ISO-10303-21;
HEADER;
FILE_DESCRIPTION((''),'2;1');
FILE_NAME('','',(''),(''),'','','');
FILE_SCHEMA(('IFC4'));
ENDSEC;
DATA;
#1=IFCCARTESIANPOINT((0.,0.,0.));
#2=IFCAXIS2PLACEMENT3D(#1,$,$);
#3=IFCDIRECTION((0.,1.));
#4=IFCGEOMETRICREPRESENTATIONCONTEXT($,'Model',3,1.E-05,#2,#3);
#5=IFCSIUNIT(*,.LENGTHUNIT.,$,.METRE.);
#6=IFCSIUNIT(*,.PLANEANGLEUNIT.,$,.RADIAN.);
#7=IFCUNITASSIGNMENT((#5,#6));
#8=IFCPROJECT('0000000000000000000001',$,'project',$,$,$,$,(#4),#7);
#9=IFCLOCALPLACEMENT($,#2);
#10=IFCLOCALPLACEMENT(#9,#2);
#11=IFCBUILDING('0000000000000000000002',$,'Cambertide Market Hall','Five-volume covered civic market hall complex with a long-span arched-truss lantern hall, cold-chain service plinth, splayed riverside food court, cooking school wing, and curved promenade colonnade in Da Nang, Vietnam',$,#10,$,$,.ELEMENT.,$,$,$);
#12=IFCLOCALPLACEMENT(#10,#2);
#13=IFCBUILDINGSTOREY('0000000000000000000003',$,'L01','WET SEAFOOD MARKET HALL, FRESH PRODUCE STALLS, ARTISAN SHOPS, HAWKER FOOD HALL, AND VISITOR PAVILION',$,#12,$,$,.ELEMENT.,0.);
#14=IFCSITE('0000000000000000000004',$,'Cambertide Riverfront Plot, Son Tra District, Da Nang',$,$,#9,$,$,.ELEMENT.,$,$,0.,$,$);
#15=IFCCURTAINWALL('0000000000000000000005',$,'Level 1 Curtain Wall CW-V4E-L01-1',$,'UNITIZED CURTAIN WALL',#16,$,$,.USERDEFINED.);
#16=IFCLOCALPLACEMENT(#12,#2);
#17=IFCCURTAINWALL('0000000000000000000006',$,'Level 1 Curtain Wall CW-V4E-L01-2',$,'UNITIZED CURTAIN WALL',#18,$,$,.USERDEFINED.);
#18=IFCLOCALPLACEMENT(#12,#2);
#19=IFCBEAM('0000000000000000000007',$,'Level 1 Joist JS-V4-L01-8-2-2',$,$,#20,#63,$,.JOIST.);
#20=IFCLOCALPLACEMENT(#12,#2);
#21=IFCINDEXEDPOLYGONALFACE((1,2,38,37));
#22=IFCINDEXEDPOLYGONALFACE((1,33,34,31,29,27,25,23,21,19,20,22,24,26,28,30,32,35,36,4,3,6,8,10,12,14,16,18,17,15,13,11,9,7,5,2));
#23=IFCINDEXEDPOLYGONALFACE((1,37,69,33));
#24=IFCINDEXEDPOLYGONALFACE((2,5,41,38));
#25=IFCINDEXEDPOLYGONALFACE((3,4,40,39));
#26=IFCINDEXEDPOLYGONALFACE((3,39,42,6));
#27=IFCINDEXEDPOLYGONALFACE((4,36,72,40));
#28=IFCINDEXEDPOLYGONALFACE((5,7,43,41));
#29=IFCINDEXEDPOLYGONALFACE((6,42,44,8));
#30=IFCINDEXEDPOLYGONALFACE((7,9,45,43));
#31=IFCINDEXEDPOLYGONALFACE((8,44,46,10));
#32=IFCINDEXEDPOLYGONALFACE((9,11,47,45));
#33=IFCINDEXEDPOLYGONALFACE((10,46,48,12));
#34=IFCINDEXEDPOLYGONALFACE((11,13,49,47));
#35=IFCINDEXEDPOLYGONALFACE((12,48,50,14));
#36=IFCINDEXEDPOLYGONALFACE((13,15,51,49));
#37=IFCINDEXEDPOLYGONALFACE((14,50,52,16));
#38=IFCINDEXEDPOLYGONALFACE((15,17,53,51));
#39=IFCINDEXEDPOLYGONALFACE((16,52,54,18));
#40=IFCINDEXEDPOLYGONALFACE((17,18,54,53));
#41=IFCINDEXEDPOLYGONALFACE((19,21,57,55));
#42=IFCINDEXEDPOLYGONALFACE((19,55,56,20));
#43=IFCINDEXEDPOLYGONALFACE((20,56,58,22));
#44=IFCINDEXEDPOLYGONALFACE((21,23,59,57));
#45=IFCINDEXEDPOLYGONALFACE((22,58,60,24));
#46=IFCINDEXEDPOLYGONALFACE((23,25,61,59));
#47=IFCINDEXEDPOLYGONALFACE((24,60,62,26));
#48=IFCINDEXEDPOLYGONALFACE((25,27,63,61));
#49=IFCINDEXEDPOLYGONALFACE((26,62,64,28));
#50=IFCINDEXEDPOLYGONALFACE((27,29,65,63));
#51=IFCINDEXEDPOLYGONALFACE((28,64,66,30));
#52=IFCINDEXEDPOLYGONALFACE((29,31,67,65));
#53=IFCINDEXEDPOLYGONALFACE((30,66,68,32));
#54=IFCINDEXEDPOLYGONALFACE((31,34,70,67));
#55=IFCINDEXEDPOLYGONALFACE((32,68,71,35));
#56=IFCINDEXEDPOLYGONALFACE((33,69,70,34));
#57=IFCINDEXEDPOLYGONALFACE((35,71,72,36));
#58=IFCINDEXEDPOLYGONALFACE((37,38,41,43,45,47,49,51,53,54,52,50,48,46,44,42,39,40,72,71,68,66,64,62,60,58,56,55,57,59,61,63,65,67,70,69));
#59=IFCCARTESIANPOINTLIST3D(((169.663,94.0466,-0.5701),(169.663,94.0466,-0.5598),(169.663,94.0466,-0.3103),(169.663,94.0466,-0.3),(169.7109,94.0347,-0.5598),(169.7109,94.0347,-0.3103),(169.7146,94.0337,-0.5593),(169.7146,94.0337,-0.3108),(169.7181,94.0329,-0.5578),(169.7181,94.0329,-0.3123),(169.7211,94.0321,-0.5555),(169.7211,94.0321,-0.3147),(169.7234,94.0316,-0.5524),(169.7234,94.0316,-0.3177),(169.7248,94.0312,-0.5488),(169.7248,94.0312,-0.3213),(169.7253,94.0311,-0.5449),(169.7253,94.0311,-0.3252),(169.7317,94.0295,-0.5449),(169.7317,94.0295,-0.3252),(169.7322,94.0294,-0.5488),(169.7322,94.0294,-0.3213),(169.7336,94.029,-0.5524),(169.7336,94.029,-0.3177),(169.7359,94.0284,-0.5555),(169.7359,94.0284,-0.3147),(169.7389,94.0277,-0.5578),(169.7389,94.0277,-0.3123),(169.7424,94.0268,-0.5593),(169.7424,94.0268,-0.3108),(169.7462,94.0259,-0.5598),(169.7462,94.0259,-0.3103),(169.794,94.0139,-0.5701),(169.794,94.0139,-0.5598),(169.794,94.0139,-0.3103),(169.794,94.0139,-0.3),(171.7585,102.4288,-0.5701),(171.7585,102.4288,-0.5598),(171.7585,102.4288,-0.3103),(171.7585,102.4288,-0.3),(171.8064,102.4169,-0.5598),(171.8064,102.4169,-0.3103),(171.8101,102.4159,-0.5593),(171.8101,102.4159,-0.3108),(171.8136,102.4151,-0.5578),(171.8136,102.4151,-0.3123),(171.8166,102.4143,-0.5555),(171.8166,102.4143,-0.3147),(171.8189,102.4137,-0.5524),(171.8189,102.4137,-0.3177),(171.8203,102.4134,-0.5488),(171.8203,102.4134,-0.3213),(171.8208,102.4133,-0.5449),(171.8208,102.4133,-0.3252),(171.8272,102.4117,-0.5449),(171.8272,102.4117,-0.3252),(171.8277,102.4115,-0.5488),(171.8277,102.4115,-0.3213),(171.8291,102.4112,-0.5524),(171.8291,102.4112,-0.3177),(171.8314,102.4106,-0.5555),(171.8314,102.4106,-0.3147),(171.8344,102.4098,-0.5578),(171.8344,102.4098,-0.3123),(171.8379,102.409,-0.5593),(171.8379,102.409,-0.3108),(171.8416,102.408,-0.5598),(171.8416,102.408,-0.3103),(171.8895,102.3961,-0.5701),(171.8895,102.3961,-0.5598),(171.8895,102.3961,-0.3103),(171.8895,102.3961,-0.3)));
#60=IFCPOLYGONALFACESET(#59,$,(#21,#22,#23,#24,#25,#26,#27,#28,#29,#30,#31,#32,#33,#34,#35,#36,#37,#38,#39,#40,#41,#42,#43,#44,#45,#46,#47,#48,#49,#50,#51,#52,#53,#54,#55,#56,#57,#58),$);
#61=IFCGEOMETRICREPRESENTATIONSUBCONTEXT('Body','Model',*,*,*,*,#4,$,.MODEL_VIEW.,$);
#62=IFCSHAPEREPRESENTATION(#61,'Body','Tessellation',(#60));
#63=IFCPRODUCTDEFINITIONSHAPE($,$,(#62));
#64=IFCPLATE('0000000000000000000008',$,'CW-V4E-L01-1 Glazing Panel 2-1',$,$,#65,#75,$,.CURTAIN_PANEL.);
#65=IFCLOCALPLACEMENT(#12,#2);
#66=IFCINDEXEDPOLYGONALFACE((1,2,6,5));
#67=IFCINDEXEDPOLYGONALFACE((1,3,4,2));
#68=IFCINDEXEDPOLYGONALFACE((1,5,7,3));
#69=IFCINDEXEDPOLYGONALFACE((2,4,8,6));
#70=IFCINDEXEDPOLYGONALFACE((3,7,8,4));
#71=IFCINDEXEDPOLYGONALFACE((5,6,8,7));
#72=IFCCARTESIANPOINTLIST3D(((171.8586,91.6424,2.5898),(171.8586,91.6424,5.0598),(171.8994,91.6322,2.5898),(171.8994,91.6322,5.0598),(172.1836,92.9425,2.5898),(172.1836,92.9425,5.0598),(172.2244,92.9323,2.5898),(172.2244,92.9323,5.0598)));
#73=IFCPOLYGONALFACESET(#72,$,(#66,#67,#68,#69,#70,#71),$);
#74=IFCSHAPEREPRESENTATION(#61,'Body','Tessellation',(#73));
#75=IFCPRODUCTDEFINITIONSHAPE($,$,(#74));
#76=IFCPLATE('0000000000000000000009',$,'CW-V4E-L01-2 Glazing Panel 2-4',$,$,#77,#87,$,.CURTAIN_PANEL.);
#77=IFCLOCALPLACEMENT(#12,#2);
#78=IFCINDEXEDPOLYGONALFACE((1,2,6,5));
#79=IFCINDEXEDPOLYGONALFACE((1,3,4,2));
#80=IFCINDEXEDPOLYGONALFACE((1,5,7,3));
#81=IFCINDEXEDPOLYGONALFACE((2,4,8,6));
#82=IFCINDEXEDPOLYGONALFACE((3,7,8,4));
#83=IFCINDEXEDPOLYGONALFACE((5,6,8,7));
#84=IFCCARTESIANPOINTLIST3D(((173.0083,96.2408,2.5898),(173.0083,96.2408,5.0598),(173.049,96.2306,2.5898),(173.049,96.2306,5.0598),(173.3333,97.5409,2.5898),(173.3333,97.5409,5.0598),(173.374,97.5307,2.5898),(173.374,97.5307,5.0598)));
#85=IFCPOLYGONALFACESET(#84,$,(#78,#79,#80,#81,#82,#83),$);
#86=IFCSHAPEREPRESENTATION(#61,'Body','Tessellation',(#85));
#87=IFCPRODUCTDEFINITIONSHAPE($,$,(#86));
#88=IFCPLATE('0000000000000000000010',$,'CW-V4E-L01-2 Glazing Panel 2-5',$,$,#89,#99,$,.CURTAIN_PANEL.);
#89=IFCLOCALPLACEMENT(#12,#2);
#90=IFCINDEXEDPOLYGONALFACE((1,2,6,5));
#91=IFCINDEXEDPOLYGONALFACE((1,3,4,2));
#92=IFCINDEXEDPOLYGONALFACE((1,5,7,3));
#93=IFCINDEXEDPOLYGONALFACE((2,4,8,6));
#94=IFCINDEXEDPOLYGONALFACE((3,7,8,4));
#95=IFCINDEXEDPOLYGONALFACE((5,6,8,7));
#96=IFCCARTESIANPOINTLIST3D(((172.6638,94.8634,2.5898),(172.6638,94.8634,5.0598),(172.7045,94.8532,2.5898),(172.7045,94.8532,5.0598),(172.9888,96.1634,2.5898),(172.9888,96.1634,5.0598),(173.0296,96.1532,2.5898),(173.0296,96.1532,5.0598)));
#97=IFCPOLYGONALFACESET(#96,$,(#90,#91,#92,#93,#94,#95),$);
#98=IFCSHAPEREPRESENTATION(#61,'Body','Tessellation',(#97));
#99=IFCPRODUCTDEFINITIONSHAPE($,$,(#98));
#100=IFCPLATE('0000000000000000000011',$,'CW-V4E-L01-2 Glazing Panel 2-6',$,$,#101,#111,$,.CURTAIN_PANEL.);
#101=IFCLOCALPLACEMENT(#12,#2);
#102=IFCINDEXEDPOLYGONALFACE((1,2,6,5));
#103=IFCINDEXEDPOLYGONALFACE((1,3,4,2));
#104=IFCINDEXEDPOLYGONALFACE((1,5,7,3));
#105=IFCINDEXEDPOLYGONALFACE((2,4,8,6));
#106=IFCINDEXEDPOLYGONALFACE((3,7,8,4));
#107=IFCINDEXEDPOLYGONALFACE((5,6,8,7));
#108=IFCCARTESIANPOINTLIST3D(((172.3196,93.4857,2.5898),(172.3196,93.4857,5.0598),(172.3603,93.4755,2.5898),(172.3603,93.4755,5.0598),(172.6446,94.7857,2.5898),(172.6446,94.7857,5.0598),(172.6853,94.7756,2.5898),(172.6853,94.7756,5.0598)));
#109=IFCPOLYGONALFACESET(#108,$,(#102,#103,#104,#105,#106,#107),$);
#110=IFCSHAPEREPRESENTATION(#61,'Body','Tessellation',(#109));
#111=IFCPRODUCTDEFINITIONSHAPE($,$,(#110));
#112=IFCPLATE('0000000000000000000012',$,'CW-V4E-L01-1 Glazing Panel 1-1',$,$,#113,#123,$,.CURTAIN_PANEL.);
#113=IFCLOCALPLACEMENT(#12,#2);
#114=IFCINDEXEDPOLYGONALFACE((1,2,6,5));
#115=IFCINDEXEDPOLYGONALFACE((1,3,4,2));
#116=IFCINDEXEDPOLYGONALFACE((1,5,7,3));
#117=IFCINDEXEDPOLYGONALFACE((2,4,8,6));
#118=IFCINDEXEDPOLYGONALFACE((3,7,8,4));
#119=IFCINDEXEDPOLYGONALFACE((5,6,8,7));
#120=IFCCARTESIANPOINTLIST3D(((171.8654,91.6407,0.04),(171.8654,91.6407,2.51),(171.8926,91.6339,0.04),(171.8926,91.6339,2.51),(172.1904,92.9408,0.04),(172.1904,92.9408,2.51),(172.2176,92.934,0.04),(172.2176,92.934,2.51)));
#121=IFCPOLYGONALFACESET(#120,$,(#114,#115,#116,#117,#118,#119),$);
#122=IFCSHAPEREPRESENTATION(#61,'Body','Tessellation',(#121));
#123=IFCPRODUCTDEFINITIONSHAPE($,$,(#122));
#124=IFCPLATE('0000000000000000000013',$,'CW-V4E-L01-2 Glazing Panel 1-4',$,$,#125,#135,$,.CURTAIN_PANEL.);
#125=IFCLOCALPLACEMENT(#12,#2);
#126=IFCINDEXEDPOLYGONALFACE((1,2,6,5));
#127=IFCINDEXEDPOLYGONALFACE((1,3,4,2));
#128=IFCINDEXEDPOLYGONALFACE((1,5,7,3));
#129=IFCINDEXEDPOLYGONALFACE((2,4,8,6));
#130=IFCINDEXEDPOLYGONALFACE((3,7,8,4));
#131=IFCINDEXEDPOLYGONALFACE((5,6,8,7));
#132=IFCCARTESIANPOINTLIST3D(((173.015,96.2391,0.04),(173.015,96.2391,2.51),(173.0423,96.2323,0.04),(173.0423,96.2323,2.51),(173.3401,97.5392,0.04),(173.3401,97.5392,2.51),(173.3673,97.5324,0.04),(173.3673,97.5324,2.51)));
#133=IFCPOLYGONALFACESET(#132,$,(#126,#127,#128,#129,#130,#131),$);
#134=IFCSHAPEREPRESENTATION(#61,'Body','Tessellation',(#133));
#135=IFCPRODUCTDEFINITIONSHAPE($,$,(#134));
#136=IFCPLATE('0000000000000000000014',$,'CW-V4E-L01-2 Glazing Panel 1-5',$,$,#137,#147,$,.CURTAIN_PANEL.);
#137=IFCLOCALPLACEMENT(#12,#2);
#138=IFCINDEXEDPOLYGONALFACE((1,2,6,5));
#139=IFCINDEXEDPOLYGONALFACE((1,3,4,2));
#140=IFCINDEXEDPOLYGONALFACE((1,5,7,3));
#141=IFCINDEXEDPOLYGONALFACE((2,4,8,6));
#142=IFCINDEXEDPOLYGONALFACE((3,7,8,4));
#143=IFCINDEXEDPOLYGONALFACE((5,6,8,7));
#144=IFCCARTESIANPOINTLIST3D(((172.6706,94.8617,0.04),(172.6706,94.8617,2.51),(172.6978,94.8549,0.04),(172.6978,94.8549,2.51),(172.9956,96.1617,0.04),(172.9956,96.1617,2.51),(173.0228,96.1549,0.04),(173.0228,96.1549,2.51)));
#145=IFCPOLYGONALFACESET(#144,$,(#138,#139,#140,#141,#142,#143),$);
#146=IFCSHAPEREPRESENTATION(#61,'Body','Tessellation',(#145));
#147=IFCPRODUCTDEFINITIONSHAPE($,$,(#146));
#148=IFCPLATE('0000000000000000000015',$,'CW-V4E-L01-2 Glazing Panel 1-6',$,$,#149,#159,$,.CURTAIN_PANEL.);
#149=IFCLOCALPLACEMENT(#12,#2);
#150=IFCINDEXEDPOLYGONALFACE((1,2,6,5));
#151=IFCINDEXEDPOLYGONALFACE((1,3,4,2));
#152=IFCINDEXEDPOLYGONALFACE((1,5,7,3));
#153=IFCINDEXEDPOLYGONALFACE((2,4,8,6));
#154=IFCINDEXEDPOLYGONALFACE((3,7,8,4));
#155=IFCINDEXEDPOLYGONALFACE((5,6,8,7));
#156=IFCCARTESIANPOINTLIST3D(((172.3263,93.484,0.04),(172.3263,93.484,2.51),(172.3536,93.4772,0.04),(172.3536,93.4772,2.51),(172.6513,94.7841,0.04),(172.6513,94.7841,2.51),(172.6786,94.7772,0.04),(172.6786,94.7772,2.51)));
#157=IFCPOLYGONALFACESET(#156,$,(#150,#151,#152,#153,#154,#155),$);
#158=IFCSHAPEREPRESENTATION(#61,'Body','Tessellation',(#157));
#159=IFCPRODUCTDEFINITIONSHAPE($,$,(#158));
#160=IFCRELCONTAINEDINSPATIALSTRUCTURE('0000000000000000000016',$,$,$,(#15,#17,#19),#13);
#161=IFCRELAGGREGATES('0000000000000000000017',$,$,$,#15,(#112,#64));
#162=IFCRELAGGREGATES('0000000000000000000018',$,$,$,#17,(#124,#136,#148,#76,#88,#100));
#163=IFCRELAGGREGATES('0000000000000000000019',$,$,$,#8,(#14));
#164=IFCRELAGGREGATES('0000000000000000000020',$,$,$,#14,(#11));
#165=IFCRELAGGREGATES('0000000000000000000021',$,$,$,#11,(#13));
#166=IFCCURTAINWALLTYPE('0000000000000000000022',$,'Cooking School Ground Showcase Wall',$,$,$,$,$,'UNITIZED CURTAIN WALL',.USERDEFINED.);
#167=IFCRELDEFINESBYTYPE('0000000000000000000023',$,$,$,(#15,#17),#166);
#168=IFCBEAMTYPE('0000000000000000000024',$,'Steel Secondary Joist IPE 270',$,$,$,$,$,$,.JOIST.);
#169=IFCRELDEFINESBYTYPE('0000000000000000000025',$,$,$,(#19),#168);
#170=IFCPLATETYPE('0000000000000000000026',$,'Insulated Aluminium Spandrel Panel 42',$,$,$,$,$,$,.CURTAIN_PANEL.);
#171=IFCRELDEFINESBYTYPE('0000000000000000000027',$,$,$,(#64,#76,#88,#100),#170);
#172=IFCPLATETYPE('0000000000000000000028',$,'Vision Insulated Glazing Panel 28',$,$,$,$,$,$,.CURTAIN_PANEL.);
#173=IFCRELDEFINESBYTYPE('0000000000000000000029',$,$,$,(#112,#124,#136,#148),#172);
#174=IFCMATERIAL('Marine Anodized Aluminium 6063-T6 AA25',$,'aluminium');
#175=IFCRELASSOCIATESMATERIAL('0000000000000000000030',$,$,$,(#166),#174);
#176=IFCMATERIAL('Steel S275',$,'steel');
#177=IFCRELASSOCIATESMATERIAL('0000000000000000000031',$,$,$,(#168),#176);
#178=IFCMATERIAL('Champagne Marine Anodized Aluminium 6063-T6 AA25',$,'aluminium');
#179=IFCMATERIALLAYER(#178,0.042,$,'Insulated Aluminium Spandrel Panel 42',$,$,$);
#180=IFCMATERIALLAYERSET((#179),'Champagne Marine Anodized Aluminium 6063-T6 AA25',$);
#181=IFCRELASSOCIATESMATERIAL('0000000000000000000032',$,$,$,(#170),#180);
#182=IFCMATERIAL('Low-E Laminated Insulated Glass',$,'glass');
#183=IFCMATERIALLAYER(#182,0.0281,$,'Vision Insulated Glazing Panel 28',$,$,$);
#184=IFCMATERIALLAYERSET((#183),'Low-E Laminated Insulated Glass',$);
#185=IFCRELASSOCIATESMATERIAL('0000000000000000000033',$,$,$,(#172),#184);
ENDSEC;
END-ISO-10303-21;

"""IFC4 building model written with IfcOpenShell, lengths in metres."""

from ifc_helpers import new_model, si_unit, direction, frame, origin, origin_2d, place, context, subcontext, project, spatial, rectangle, i_section, extrude, material, layer, layer_set, material_profile, profile_set, type_object, element, aggregate, save


model = new_model("IFC4")

# Units and contexts
model_context = context("Model", 3, precision=1e-05, world=origin(), true_north=direction((0.0, 1.0)))
body_context = subcontext(model_context, "Body", "Model", "MODEL_VIEW")
ifc_project = project(units=[si_unit("LENGTHUNIT", "METRE"), si_unit("PLANEANGLEUNIT", "RADIAN")], contexts=[model_context])

# Site, building, storey
site_placement = place(None, origin())
site = spatial("IfcSite", under=ifc_project, at=site_placement, Name="Cambertide Riverfront Plot, Son Tra District, Da Nang", CompositionType="ELEMENT", RefElevation=0.0)
building_placement = place(site_placement, origin())
building = spatial("IfcBuilding", under=site, at=building_placement, Name="Cambertide Market Hall", Description="Five-volume covered civic market hall complex with a long-span arched-truss lantern hall, cold-chain service plinth, splayed riverside food court, cooking school wing, and curved promenade colonnade in Da Nang, Vietnam", CompositionType="ELEMENT")
storey_placement = place(building_placement, origin())
storey = spatial("IfcBuildingStorey", under=building, at=storey_placement, Name="L01", Description="WET SEAFOOD MARKET HALL, FRESH PRODUCE STALLS, ARTISAN SHOPS, HAWKER FOOD HALL, AND VISITOR PAVILION", CompositionType="ELEMENT", Elevation=0.0)

# Curtain wall
ifc_material_1 = material(Name="Marine Anodized Aluminium 6063-T6 AA25", Category="aluminium")
curtain_wall_type = type_object("IfcCurtainWallType", Name="Cooking School Ground Showcase Wall", ElementType="UNITIZED CURTAIN WALL", PredefinedType="USERDEFINED", material=ifc_material_1)
curtain_wall_1_placement = place(storey_placement, origin())
curtain_wall_1 = element("IfcCurtainWall", 1, at=curtain_wall_1_placement, inside=storey, type_object=curtain_wall_type, Name="Level 1 Curtain Wall CW-V4E-L01-1", ObjectType="UNITIZED CURTAIN WALL", PredefinedType="USERDEFINED")

# Curtain wall
curtain_wall_2_placement = place(storey_placement, origin())
curtain_wall_2 = element("IfcCurtainWall", 2, at=curtain_wall_2_placement, inside=storey, type_object=curtain_wall_type, Name="Level 1 Curtain Wall CW-V4E-L01-2", ObjectType="UNITIZED CURTAIN WALL", PredefinedType="USERDEFINED")

# Beam
ifc_material_2 = material(Name="Steel S275", Category="steel")
ifc_material_profile_1 = material_profile(ifc_material_2, i_section(OverallWidth=0.135, OverallDepth=0.27, WebThickness=0.0066, FlangeThickness=0.0103, FilletRadius=0.0149, at=origin_2d()), Name="IPE 270")
ifc_profile_set_1 = profile_set([ifc_material_profile_1], Name="Steel S275")
beam_type_1 = type_object("IfcBeamType", Name="Steel Secondary Joist IPE 270", PredefinedType="JOIST", material=ifc_profile_set_1)
beam_1_placement = place(storey_placement, frame((169.7285, 94.0303, -0.4351), z_axis=(0.242529, 0.970144, 0.0), x_axis=(-0.970144, 0.242529, 0.0)))
element("IfcBeam", 3, at=beam_1_placement, inside=storey, type_object=beam_type_1, Name="Level 1 Joist JS-V4-L01-8-2-2", PredefinedType="JOIST", context=body_context, shape_type="SweptSolid", body=[
    extrude(i_section(OverallWidth=0.135, OverallDepth=0.27, WebThickness=0.0066, FlangeThickness=0.0103, FilletRadius=0.0149, at=origin_2d()), origin(), (0.0, 0.0, 1.0), 8.6401),
])

# Plates
ifc_material_3 = material(Name="Champagne Marine Anodized Aluminium 6063-T6 AA25", Category="aluminium")
ifc_layer_1 = layer(ifc_material_3, 0.042, Name="Insulated Aluminium Spandrel Panel 42")
ifc_layer_set_1 = layer_set([ifc_layer_1], Name="Champagne Marine Anodized Aluminium 6063-T6 AA25")
plate_type_1 = type_object("IfcPlateType", Name="Insulated Aluminium Spandrel Panel 42", PredefinedType="CURTAIN_PANEL", material=ifc_layer_set_1)
plate_1_placement = place(storey_placement, frame((172.0415, 92.2874, 2.5898), z_axis=(0.0, 0.0, 1.0), x_axis=(-0.242536, -0.970143, 0.0)))
plate_1 = element("IfcPlate", 4, at=plate_1_placement, type_object=plate_type_1, Name="CW-V4E-L01-1 Glazing Panel 2-1", PredefinedType="CURTAIN_PANEL", context=body_context, shape_type="SweptSolid", body=[
    extrude(rectangle(XDim=1.3401, YDim=0.042, at=origin_2d()), origin(), (0.0, 0.0, 1.0), 2.47),
])
plate_2_placement = place(storey_placement, frame((173.1912, 96.8857, 2.5898), z_axis=(0.0, 0.0, 1.0), x_axis=(-0.242536, -0.970142, 0.0)))
plate_2 = element("IfcPlate", 5, at=plate_2_placement, type_object=plate_type_1, Name="CW-V4E-L01-2 Glazing Panel 2-4", PredefinedType="CURTAIN_PANEL", context=body_context, shape_type="SweptSolid", body=[
    extrude(rectangle(XDim=1.3401, YDim=0.042, at=origin_2d()), origin(), (0.0, 0.0, 1.0), 2.47),
])
plate_3_placement = place(storey_placement, frame((172.8467, 95.5083, 2.5898), z_axis=(0.0, 0.0, 1.0), x_axis=(-0.242536, -0.970142, 0.0)))
plate_3 = element("IfcPlate", 6, at=plate_3_placement, type_object=plate_type_1, Name="CW-V4E-L01-2 Glazing Panel 2-5", PredefinedType="CURTAIN_PANEL", context=body_context, shape_type="SweptSolid", body=[
    extrude(rectangle(XDim=1.3401, YDim=0.042, at=origin_2d()), origin(), (0.0, 0.0, 1.0), 2.47),
])
plate_4_placement = place(storey_placement, frame((172.5024, 94.1306, 2.5898), z_axis=(0.0, 0.0, 1.0), x_axis=(-0.242536, -0.970142, 0.0)))
plate_4 = element("IfcPlate", 7, at=plate_4_placement, type_object=plate_type_1, Name="CW-V4E-L01-2 Glazing Panel 2-6", PredefinedType="CURTAIN_PANEL", context=body_context, shape_type="SweptSolid", body=[
    extrude(rectangle(XDim=1.3401, YDim=0.042, at=origin_2d()), origin(), (0.0, 0.0, 1.0), 2.47),
])
ifc_material_4 = material(Name="Low-E Laminated Insulated Glass", Category="glass")
ifc_layer_2 = layer(ifc_material_4, 0.0281, Name="Vision Insulated Glazing Panel 28")
ifc_layer_set_2 = layer_set([ifc_layer_2], Name="Low-E Laminated Insulated Glass")
plate_type_2 = type_object("IfcPlateType", Name="Vision Insulated Glazing Panel 28", PredefinedType="CURTAIN_PANEL", material=ifc_layer_set_2)
plate_5_placement = place(storey_placement, frame((172.0415, 92.2874, 0.04), z_axis=(0.0, 0.0, 1.0), x_axis=(-0.242536, -0.970143, 0.0)))
plate_5 = element("IfcPlate", 8, at=plate_5_placement, type_object=plate_type_2, Name="CW-V4E-L01-1 Glazing Panel 1-1", PredefinedType="CURTAIN_PANEL", context=body_context, shape_type="SweptSolid", body=[
    extrude(rectangle(XDim=1.3401, YDim=0.0281, at=origin_2d()), origin(), (0.0, 0.0, 1.0), 2.47),
])
aggregate(curtain_wall_1, [plate_5, plate_1])
plate_6_placement = place(storey_placement, frame((173.1912, 96.8857, 0.04), z_axis=(0.0, 0.0, 1.0), x_axis=(-0.242536, -0.970142, 0.0)))
plate_6 = element("IfcPlate", 9, at=plate_6_placement, type_object=plate_type_2, Name="CW-V4E-L01-2 Glazing Panel 1-4", PredefinedType="CURTAIN_PANEL", context=body_context, shape_type="SweptSolid", body=[
    extrude(rectangle(XDim=1.3401, YDim=0.0281, at=origin_2d()), origin(), (0.0, 0.0, 1.0), 2.47),
])
plate_7_placement = place(storey_placement, frame((172.8467, 95.5083, 0.04), z_axis=(0.0, 0.0, 1.0), x_axis=(-0.242536, -0.970142, 0.0)))
plate_7 = element("IfcPlate", 10, at=plate_7_placement, type_object=plate_type_2, Name="CW-V4E-L01-2 Glazing Panel 1-5", PredefinedType="CURTAIN_PANEL", context=body_context, shape_type="SweptSolid", body=[
    extrude(rectangle(XDim=1.3401, YDim=0.0281, at=origin_2d()), origin(), (0.0, 0.0, 1.0), 2.47),
])
plate_8_placement = place(storey_placement, frame((172.5024, 94.1306, 0.04), z_axis=(0.0, 0.0, 1.0), x_axis=(-0.242536, -0.970142, 0.0)))
plate_8 = element("IfcPlate", 11, at=plate_8_placement, type_object=plate_type_2, Name="CW-V4E-L01-2 Glazing Panel 1-6", PredefinedType="CURTAIN_PANEL", context=body_context, shape_type="SweptSolid", body=[
    extrude(rectangle(XDim=1.3401, YDim=0.0281, at=origin_2d()), origin(), (0.0, 0.0, 1.0), 2.47),
])
aggregate(curtain_wall_2, [plate_6, plate_7, plate_8, plate_2, plate_3, plate_4])

save(model, "model.ifc")
